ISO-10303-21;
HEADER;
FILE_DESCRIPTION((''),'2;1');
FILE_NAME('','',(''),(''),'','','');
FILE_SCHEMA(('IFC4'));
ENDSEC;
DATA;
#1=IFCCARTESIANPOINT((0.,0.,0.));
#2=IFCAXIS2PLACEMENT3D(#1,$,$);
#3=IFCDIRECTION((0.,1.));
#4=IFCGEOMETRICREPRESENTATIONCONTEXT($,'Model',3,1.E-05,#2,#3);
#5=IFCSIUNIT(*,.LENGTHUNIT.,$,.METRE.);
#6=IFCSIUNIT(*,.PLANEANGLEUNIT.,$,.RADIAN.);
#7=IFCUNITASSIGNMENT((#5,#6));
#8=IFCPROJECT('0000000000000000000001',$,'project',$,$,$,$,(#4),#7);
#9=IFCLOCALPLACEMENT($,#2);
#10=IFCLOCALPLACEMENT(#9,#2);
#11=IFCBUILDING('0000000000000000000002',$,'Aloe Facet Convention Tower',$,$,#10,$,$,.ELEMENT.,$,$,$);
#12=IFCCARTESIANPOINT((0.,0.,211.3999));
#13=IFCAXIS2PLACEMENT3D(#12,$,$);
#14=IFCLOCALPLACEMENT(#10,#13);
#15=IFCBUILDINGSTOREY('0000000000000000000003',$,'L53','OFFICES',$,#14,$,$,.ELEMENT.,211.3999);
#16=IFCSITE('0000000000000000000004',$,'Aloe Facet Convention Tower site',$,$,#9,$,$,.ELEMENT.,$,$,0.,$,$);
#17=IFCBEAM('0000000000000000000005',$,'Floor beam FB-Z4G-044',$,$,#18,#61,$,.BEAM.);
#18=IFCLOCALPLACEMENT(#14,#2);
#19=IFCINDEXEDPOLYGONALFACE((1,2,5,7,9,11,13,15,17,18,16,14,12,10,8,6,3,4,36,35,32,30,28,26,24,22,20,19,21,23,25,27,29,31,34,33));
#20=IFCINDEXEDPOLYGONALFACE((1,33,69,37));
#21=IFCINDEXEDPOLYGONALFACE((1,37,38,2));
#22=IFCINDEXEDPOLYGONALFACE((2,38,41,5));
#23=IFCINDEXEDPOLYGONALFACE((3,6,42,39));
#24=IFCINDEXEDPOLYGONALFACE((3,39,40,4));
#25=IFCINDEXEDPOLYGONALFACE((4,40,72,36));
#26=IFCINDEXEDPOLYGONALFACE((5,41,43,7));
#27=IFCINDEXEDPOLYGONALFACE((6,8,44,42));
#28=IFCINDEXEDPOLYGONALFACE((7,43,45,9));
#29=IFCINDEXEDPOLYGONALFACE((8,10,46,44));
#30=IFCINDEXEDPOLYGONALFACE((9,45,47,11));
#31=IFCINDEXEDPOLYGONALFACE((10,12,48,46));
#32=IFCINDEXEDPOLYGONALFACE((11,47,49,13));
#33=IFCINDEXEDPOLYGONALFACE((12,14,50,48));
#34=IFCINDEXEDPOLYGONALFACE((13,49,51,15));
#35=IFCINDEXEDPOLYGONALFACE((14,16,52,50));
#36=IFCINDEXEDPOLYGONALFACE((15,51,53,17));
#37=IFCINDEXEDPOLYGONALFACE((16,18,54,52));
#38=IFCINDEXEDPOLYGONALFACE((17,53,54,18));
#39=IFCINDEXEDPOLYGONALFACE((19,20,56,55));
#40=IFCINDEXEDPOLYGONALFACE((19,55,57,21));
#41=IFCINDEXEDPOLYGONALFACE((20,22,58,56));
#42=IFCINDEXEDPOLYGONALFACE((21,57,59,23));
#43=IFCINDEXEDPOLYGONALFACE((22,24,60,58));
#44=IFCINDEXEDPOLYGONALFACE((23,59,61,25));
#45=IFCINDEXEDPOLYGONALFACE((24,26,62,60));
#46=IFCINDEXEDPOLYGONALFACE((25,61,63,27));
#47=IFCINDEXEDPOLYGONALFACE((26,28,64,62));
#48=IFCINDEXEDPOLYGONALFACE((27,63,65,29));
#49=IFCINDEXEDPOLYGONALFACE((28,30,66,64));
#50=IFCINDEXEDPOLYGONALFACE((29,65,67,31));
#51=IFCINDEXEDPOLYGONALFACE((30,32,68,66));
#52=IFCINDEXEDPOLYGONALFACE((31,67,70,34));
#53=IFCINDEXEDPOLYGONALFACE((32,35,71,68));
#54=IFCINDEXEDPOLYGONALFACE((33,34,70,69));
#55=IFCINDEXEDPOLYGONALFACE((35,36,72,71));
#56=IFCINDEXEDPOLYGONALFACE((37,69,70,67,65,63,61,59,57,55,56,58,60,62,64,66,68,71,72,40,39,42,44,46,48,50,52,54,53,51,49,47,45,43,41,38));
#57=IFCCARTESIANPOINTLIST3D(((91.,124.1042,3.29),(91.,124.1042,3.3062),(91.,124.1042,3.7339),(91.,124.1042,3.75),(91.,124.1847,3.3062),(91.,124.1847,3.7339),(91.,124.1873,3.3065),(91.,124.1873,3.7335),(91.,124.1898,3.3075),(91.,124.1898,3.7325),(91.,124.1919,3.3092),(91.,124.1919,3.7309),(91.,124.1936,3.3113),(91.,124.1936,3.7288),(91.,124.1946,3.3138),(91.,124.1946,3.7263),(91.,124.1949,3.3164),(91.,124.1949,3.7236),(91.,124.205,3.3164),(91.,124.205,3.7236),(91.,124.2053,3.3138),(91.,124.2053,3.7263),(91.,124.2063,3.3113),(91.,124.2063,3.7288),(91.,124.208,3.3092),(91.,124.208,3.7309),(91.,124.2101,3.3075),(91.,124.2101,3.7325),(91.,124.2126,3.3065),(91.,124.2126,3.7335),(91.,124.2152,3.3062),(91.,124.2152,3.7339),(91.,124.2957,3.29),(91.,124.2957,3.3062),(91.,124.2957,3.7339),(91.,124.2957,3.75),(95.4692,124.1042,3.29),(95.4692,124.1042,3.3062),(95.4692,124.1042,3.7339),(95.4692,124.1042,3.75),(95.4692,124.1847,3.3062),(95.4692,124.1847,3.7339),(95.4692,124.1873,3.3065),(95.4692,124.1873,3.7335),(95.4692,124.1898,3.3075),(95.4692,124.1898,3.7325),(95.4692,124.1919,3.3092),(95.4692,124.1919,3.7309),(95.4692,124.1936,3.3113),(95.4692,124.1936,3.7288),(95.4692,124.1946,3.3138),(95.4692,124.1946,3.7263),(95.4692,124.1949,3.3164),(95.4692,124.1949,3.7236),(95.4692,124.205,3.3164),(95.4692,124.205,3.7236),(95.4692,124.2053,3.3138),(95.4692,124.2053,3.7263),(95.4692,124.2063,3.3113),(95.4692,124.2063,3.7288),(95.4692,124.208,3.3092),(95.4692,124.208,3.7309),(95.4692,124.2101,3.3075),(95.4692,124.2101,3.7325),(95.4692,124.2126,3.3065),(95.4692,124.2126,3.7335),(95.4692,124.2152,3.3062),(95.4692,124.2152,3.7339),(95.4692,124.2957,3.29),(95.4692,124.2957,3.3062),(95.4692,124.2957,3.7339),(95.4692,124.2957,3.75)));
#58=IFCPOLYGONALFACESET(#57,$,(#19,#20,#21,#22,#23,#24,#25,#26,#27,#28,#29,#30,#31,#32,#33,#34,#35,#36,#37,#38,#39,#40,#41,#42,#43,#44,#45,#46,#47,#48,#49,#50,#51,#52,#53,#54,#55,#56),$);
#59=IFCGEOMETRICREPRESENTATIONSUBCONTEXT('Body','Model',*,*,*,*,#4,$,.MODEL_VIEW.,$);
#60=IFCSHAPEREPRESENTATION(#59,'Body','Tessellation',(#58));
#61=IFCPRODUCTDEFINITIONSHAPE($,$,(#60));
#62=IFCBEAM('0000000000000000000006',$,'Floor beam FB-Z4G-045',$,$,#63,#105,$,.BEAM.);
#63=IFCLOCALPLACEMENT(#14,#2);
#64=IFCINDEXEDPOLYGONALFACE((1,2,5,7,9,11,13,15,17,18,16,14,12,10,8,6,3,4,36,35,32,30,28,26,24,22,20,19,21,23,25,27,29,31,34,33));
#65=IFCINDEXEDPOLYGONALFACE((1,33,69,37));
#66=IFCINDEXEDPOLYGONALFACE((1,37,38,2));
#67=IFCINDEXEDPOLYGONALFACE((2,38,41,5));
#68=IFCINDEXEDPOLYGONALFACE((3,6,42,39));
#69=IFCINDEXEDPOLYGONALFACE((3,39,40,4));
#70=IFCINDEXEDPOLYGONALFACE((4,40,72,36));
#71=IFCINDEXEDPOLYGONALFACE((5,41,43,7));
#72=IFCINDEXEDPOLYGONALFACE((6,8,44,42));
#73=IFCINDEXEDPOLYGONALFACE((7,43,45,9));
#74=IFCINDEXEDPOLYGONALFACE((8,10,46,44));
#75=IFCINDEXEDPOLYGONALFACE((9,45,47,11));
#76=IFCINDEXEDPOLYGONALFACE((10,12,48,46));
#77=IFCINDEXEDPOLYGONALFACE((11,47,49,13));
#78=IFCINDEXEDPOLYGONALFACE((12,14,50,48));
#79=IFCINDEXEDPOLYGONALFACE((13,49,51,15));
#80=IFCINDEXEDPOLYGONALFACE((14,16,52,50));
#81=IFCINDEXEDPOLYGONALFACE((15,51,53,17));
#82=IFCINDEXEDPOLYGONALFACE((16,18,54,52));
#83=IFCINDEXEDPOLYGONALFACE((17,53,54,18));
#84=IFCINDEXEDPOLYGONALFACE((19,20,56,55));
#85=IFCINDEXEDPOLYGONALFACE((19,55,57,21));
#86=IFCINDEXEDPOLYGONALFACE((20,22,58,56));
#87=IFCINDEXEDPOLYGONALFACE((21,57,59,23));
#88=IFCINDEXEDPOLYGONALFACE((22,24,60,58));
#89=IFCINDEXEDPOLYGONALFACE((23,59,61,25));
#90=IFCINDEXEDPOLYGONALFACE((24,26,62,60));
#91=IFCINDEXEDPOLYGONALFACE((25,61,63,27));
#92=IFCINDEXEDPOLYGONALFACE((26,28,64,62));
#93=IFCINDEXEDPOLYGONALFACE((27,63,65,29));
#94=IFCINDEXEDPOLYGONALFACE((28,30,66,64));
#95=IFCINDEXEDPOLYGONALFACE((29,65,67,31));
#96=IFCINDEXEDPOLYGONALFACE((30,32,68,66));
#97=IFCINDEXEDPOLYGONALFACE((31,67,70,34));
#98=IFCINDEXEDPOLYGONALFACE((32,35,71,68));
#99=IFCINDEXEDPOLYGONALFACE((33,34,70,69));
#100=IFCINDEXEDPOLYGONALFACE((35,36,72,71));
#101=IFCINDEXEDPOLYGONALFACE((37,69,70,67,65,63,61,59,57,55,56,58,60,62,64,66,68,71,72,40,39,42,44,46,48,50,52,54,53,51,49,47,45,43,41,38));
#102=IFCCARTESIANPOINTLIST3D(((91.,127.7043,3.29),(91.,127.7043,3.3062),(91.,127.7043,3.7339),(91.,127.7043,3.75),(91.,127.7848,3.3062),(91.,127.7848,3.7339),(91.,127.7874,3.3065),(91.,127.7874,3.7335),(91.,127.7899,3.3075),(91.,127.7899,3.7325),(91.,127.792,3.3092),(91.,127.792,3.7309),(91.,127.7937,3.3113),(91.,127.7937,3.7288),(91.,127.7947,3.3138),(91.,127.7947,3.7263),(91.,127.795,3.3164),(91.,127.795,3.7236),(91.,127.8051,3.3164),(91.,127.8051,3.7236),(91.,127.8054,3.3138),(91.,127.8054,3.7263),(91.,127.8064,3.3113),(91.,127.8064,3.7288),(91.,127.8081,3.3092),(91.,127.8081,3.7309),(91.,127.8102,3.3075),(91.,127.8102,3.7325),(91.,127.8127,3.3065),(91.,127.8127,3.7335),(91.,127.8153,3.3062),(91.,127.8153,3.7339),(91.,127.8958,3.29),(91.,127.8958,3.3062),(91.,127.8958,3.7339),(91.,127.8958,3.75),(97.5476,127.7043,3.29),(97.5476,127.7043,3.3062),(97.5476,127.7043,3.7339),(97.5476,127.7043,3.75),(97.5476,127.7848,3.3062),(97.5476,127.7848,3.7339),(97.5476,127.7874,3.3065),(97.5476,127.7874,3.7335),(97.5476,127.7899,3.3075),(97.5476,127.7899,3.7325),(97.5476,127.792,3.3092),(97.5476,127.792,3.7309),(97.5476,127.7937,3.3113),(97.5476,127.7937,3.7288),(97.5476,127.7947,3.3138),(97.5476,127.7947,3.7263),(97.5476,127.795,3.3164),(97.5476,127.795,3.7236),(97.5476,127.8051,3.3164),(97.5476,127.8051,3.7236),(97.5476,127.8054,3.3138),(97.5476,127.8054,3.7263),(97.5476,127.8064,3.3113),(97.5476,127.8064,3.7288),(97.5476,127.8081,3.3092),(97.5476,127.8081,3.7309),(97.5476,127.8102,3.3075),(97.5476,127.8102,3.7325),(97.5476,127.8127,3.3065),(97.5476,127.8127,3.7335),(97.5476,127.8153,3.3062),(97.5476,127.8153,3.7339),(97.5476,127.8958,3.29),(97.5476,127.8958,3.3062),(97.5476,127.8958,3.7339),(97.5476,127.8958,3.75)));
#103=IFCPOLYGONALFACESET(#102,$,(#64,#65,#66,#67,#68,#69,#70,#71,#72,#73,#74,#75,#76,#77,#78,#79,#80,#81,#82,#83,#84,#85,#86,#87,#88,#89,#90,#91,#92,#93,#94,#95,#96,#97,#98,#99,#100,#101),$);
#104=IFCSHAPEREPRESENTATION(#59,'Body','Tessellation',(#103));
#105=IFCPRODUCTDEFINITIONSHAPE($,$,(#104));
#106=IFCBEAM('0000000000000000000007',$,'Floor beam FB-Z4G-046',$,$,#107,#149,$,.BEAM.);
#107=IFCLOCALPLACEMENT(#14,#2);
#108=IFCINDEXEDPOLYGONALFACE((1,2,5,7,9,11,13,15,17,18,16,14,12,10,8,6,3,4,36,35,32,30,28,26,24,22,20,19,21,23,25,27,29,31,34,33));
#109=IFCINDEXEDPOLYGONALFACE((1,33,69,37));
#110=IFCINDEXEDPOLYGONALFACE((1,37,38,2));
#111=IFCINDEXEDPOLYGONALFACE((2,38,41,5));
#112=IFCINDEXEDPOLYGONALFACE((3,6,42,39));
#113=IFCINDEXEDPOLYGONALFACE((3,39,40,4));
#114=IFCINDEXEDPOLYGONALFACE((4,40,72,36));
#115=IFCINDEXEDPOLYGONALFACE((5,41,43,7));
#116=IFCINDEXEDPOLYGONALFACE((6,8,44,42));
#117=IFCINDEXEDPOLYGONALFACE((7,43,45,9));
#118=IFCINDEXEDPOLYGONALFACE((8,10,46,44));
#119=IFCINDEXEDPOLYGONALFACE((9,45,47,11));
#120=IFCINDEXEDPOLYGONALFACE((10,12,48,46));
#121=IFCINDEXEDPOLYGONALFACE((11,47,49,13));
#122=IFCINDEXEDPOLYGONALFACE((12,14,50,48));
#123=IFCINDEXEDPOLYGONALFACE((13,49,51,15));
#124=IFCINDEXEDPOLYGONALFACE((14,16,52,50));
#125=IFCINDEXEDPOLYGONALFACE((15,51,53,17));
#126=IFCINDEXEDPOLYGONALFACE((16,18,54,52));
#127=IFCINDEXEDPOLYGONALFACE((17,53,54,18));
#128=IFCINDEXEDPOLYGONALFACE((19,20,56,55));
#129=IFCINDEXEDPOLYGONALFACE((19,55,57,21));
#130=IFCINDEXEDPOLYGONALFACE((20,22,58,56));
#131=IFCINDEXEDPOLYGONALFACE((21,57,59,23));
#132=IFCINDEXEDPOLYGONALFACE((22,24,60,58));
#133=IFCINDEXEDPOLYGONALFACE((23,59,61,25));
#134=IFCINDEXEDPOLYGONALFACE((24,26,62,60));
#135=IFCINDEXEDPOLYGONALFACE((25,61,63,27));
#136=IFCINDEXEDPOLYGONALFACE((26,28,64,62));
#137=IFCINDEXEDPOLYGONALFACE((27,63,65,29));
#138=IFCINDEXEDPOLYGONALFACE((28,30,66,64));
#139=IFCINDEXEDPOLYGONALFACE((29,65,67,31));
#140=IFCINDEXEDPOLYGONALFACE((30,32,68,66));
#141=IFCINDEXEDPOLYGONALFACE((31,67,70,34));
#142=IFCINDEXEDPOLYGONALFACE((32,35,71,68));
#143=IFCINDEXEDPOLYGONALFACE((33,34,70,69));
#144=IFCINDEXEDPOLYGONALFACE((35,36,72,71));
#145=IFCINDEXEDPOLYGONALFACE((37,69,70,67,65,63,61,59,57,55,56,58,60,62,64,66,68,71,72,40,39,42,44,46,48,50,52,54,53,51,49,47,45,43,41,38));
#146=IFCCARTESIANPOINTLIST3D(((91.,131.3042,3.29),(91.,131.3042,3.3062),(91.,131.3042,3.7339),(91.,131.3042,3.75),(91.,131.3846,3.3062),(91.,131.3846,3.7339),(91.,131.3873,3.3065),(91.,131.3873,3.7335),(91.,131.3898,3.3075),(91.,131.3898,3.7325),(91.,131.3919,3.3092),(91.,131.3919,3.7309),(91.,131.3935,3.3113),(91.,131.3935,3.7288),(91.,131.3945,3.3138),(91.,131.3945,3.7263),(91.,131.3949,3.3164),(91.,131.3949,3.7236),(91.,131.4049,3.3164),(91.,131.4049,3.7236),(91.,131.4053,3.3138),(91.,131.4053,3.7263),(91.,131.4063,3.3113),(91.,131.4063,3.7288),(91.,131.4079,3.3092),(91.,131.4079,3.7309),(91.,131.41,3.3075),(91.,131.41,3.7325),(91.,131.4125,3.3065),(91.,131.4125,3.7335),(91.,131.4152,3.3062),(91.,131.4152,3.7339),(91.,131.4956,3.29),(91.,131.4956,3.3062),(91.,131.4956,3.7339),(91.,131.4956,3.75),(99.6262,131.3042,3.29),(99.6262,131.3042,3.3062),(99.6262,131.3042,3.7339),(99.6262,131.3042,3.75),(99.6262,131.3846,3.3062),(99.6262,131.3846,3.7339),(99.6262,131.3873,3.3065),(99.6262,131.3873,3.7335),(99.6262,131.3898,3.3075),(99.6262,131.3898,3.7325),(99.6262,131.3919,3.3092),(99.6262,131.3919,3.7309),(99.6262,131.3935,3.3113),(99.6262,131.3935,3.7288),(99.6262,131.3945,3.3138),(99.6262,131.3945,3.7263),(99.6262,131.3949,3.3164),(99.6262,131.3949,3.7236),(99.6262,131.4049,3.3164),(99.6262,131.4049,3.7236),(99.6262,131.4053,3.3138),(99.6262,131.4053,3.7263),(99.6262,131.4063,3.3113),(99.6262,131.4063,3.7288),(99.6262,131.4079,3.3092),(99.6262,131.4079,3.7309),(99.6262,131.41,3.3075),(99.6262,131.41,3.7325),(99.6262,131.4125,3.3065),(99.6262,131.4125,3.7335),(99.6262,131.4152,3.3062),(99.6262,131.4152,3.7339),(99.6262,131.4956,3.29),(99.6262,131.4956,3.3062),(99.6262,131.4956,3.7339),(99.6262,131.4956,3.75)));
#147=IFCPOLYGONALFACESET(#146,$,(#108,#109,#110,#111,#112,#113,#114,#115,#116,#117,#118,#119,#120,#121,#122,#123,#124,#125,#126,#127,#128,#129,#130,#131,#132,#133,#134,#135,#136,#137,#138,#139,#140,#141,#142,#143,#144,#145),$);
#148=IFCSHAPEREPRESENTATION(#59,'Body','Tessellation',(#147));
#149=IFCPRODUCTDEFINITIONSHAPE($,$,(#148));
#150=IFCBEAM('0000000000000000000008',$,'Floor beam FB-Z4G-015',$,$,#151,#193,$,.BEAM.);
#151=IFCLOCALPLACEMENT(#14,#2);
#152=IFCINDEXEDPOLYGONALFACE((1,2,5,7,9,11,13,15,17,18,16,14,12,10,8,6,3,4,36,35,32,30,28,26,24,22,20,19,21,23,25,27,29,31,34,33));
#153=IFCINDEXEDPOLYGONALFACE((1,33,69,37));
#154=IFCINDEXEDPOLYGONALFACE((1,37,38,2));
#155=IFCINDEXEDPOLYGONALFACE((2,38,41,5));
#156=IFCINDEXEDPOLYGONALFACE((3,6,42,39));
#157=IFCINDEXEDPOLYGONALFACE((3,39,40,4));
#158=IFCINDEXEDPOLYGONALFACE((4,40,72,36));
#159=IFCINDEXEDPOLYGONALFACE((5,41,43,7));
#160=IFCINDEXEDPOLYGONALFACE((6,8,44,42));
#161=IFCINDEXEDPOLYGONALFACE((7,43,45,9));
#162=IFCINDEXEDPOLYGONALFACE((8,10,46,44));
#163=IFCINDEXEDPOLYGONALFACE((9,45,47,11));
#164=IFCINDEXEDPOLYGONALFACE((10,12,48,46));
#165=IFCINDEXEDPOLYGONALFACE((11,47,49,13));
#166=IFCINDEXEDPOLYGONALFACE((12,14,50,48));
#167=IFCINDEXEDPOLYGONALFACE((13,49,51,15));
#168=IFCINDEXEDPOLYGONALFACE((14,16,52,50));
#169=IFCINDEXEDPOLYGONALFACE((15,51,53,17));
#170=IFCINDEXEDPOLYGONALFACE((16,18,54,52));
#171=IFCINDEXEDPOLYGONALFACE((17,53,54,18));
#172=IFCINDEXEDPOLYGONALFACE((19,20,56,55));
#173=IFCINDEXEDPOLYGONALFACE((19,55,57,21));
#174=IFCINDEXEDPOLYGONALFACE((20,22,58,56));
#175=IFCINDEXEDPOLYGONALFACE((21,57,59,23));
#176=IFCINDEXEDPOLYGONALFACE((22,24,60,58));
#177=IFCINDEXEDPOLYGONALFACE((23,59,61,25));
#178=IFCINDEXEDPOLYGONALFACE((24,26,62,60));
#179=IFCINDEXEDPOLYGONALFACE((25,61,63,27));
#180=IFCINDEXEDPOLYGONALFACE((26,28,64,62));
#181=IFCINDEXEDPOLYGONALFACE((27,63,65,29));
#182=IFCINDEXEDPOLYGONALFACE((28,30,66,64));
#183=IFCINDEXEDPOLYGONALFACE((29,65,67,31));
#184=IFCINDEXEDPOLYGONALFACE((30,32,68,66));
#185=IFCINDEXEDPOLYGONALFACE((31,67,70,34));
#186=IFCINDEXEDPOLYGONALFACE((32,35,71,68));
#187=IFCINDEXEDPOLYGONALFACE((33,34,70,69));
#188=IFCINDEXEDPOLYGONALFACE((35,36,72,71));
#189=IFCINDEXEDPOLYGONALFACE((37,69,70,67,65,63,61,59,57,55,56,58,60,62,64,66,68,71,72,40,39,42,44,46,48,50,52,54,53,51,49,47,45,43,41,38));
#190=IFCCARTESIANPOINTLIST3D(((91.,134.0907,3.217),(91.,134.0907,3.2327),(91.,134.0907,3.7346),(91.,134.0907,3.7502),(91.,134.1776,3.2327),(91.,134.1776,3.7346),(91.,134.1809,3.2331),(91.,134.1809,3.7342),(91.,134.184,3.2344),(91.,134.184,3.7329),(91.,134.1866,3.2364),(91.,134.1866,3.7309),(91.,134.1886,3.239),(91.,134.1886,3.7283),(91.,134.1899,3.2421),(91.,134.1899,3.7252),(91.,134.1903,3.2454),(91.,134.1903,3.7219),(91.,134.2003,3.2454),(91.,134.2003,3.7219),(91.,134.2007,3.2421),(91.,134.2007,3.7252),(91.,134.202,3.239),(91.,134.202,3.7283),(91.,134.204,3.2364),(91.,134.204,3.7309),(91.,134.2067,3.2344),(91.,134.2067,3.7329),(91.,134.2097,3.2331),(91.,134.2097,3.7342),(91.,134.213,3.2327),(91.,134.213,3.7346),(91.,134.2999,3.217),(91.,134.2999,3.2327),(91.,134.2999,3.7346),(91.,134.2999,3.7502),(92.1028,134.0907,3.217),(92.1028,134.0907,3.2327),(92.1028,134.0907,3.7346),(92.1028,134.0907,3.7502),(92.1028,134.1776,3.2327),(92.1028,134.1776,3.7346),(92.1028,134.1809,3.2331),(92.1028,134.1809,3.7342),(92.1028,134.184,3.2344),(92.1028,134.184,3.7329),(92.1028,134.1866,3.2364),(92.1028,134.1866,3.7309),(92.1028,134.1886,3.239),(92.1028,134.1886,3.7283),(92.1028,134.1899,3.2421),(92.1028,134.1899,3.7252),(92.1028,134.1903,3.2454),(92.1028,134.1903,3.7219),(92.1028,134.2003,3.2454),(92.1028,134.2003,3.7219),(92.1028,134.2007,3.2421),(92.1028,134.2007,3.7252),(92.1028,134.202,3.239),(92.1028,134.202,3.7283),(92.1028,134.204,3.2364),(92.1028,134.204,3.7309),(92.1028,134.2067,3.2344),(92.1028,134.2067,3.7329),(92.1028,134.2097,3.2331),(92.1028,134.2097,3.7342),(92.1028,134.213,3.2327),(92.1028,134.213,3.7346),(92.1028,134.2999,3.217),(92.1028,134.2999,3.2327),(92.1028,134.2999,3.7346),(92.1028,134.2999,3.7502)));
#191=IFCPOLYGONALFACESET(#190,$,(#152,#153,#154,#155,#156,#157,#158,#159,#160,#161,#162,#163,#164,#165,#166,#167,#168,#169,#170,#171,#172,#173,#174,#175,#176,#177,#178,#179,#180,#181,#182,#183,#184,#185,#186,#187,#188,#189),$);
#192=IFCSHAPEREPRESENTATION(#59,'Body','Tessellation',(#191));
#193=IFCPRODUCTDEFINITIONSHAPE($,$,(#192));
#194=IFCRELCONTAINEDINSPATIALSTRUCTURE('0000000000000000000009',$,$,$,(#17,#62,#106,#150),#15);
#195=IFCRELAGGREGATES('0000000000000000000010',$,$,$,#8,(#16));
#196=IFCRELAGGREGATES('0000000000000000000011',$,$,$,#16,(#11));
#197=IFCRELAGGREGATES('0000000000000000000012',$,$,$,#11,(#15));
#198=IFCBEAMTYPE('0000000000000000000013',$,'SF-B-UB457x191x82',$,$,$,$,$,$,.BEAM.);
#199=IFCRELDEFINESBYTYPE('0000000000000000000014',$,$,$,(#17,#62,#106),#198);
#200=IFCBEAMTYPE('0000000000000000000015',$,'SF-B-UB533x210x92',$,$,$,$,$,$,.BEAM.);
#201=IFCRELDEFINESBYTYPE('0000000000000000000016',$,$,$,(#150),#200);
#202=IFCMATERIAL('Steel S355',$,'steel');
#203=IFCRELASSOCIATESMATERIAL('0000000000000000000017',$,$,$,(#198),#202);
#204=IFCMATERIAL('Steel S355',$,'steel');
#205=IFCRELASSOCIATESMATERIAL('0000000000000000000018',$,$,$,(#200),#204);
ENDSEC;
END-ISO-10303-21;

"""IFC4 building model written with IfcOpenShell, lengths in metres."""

from ifc_helpers import new_model, si_unit, direction, frame, origin, origin_2d, place, context, subcontext, project, spatial, i_section, extrude, material, material_profile, profile_set, type_object, element, save


model = new_model("IFC4")

# Units and contexts
model_context = context("Model", 3, precision=1e-05, world=origin(), true_north=direction((0.0, 1.0)))
body_context = subcontext(model_context, "Body", "Model", "MODEL_VIEW")
ifc_project = project(units=[si_unit("LENGTHUNIT", "METRE"), si_unit("PLANEANGLEUNIT", "RADIAN")], contexts=[model_context])

# Site, building, storey
site_placement = place(None, origin())
site = spatial("IfcSite", under=ifc_project, at=site_placement, Name="Aloe Facet Convention Tower site", CompositionType="ELEMENT", RefElevation=0.0)
building_placement = place(site_placement, origin())
building = spatial("IfcBuilding", under=site, at=building_placement, Name="Aloe Facet Convention Tower", CompositionType="ELEMENT")
storey_placement = place(building_placement, frame((0.0, 0.0, 211.3999)))
storey = spatial("IfcBuildingStorey", under=building, at=storey_placement, Name="L53", Description="OFFICES", CompositionType="ELEMENT", Elevation=211.3999)

# Beams
ifc_material_1 = material(Name="Steel S355", Category="steel")
ifc_material_profile_1 = material_profile(ifc_material_1, i_section(OverallWidth=0.1914, OverallDepth=0.46, WebThickness=0.01, FlangeThickness=0.0161, FilletRadius=0.0103, at=origin_2d()), Name="UB 457x191x82")
ifc_profile_set_1 = profile_set([ifc_material_profile_1], Name="Steel S355")
beam_type_1 = type_object("IfcBeamType", Name="SF-B-UB457x191x82", PredefinedType="BEAM", material=ifc_profile_set_1)
beam_1_placement = place(storey_placement, frame((91.0, 124.2, 3.52), z_axis=(1.0, 0.0, 0.0), x_axis=(0.0, 1.0, 0.0)))
element("IfcBeam", 1, at=beam_1_placement, inside=storey, type_object=beam_type_1, Name="Floor beam FB-Z4G-044", PredefinedType="BEAM", context=body_context, shape_type="SweptSolid", body=[
    extrude(i_section(OverallWidth=0.1914, OverallDepth=0.46, WebThickness=0.01, FlangeThickness=0.0161, FilletRadius=0.0103, at=origin_2d()), origin(), (0.0, 0.0, 1.0), 4.4692),
])
beam_2_placement = place(storey_placement, frame((91.0, 127.8, 3.52), z_axis=(1.0, 0.0, 0.0), x_axis=(0.0, 1.0, 0.0)))
element("IfcBeam", 2, at=beam_2_placement, inside=storey, type_object=beam_type_1, Name="Floor beam FB-Z4G-045", PredefinedType="BEAM", context=body_context, shape_type="SweptSolid", body=[
    extrude(i_section(OverallWidth=0.1914, OverallDepth=0.46, WebThickness=0.01, FlangeThickness=0.0161, FilletRadius=0.0103, at=origin_2d()), origin(), (0.0, 0.0, 1.0), 6.5476),
])
beam_3_placement = place(storey_placement, frame((91.0, 131.3999, 3.52), z_axis=(1.0, 0.0, 0.0), x_axis=(0.0, 1.0, 0.0)))
element("IfcBeam", 3, at=beam_3_placement, inside=storey, type_object=beam_type_1, Name="Floor beam FB-Z4G-046", PredefinedType="BEAM", context=body_context, shape_type="SweptSolid", body=[
    extrude(i_section(OverallWidth=0.1914, OverallDepth=0.46, WebThickness=0.01, FlangeThickness=0.0161, FilletRadius=0.0103, at=origin_2d()), origin(), (0.0, 0.0, 1.0), 8.6262),
])
ifc_material_2 = material(Name="Steel S355", Category="steel")
ifc_material_profile_2 = material_profile(ifc_material_2, i_section(OverallWidth=0.2092, OverallDepth=0.5332, WebThickness=0.01, FlangeThickness=0.0156, FilletRadius=0.0127, at=origin_2d()), Name="UB 533x210x92")
ifc_profile_set_2 = profile_set([ifc_material_profile_2], Name="Steel S355")
beam_type_2 = type_object("IfcBeamType", Name="SF-B-UB533x210x92", PredefinedType="BEAM", material=ifc_profile_set_2)
beam_4_placement = place(storey_placement, frame((91.0, 134.1953, 3.4836), z_axis=(1.0, 0.0, 0.0), x_axis=(0.0, 1.0, 0.0)))
element("IfcBeam", 4, at=beam_4_placement, inside=storey, type_object=beam_type_2, Name="Floor beam FB-Z4G-015", PredefinedType="BEAM", context=body_context, shape_type="SweptSolid", body=[
    extrude(i_section(OverallWidth=0.2092, OverallDepth=0.5332, WebThickness=0.01, FlangeThickness=0.0156, FilletRadius=0.0127, at=origin_2d()), origin(), (0.0, 0.0, 1.0), 1.1028),
])

save(model, "model.ifc")
